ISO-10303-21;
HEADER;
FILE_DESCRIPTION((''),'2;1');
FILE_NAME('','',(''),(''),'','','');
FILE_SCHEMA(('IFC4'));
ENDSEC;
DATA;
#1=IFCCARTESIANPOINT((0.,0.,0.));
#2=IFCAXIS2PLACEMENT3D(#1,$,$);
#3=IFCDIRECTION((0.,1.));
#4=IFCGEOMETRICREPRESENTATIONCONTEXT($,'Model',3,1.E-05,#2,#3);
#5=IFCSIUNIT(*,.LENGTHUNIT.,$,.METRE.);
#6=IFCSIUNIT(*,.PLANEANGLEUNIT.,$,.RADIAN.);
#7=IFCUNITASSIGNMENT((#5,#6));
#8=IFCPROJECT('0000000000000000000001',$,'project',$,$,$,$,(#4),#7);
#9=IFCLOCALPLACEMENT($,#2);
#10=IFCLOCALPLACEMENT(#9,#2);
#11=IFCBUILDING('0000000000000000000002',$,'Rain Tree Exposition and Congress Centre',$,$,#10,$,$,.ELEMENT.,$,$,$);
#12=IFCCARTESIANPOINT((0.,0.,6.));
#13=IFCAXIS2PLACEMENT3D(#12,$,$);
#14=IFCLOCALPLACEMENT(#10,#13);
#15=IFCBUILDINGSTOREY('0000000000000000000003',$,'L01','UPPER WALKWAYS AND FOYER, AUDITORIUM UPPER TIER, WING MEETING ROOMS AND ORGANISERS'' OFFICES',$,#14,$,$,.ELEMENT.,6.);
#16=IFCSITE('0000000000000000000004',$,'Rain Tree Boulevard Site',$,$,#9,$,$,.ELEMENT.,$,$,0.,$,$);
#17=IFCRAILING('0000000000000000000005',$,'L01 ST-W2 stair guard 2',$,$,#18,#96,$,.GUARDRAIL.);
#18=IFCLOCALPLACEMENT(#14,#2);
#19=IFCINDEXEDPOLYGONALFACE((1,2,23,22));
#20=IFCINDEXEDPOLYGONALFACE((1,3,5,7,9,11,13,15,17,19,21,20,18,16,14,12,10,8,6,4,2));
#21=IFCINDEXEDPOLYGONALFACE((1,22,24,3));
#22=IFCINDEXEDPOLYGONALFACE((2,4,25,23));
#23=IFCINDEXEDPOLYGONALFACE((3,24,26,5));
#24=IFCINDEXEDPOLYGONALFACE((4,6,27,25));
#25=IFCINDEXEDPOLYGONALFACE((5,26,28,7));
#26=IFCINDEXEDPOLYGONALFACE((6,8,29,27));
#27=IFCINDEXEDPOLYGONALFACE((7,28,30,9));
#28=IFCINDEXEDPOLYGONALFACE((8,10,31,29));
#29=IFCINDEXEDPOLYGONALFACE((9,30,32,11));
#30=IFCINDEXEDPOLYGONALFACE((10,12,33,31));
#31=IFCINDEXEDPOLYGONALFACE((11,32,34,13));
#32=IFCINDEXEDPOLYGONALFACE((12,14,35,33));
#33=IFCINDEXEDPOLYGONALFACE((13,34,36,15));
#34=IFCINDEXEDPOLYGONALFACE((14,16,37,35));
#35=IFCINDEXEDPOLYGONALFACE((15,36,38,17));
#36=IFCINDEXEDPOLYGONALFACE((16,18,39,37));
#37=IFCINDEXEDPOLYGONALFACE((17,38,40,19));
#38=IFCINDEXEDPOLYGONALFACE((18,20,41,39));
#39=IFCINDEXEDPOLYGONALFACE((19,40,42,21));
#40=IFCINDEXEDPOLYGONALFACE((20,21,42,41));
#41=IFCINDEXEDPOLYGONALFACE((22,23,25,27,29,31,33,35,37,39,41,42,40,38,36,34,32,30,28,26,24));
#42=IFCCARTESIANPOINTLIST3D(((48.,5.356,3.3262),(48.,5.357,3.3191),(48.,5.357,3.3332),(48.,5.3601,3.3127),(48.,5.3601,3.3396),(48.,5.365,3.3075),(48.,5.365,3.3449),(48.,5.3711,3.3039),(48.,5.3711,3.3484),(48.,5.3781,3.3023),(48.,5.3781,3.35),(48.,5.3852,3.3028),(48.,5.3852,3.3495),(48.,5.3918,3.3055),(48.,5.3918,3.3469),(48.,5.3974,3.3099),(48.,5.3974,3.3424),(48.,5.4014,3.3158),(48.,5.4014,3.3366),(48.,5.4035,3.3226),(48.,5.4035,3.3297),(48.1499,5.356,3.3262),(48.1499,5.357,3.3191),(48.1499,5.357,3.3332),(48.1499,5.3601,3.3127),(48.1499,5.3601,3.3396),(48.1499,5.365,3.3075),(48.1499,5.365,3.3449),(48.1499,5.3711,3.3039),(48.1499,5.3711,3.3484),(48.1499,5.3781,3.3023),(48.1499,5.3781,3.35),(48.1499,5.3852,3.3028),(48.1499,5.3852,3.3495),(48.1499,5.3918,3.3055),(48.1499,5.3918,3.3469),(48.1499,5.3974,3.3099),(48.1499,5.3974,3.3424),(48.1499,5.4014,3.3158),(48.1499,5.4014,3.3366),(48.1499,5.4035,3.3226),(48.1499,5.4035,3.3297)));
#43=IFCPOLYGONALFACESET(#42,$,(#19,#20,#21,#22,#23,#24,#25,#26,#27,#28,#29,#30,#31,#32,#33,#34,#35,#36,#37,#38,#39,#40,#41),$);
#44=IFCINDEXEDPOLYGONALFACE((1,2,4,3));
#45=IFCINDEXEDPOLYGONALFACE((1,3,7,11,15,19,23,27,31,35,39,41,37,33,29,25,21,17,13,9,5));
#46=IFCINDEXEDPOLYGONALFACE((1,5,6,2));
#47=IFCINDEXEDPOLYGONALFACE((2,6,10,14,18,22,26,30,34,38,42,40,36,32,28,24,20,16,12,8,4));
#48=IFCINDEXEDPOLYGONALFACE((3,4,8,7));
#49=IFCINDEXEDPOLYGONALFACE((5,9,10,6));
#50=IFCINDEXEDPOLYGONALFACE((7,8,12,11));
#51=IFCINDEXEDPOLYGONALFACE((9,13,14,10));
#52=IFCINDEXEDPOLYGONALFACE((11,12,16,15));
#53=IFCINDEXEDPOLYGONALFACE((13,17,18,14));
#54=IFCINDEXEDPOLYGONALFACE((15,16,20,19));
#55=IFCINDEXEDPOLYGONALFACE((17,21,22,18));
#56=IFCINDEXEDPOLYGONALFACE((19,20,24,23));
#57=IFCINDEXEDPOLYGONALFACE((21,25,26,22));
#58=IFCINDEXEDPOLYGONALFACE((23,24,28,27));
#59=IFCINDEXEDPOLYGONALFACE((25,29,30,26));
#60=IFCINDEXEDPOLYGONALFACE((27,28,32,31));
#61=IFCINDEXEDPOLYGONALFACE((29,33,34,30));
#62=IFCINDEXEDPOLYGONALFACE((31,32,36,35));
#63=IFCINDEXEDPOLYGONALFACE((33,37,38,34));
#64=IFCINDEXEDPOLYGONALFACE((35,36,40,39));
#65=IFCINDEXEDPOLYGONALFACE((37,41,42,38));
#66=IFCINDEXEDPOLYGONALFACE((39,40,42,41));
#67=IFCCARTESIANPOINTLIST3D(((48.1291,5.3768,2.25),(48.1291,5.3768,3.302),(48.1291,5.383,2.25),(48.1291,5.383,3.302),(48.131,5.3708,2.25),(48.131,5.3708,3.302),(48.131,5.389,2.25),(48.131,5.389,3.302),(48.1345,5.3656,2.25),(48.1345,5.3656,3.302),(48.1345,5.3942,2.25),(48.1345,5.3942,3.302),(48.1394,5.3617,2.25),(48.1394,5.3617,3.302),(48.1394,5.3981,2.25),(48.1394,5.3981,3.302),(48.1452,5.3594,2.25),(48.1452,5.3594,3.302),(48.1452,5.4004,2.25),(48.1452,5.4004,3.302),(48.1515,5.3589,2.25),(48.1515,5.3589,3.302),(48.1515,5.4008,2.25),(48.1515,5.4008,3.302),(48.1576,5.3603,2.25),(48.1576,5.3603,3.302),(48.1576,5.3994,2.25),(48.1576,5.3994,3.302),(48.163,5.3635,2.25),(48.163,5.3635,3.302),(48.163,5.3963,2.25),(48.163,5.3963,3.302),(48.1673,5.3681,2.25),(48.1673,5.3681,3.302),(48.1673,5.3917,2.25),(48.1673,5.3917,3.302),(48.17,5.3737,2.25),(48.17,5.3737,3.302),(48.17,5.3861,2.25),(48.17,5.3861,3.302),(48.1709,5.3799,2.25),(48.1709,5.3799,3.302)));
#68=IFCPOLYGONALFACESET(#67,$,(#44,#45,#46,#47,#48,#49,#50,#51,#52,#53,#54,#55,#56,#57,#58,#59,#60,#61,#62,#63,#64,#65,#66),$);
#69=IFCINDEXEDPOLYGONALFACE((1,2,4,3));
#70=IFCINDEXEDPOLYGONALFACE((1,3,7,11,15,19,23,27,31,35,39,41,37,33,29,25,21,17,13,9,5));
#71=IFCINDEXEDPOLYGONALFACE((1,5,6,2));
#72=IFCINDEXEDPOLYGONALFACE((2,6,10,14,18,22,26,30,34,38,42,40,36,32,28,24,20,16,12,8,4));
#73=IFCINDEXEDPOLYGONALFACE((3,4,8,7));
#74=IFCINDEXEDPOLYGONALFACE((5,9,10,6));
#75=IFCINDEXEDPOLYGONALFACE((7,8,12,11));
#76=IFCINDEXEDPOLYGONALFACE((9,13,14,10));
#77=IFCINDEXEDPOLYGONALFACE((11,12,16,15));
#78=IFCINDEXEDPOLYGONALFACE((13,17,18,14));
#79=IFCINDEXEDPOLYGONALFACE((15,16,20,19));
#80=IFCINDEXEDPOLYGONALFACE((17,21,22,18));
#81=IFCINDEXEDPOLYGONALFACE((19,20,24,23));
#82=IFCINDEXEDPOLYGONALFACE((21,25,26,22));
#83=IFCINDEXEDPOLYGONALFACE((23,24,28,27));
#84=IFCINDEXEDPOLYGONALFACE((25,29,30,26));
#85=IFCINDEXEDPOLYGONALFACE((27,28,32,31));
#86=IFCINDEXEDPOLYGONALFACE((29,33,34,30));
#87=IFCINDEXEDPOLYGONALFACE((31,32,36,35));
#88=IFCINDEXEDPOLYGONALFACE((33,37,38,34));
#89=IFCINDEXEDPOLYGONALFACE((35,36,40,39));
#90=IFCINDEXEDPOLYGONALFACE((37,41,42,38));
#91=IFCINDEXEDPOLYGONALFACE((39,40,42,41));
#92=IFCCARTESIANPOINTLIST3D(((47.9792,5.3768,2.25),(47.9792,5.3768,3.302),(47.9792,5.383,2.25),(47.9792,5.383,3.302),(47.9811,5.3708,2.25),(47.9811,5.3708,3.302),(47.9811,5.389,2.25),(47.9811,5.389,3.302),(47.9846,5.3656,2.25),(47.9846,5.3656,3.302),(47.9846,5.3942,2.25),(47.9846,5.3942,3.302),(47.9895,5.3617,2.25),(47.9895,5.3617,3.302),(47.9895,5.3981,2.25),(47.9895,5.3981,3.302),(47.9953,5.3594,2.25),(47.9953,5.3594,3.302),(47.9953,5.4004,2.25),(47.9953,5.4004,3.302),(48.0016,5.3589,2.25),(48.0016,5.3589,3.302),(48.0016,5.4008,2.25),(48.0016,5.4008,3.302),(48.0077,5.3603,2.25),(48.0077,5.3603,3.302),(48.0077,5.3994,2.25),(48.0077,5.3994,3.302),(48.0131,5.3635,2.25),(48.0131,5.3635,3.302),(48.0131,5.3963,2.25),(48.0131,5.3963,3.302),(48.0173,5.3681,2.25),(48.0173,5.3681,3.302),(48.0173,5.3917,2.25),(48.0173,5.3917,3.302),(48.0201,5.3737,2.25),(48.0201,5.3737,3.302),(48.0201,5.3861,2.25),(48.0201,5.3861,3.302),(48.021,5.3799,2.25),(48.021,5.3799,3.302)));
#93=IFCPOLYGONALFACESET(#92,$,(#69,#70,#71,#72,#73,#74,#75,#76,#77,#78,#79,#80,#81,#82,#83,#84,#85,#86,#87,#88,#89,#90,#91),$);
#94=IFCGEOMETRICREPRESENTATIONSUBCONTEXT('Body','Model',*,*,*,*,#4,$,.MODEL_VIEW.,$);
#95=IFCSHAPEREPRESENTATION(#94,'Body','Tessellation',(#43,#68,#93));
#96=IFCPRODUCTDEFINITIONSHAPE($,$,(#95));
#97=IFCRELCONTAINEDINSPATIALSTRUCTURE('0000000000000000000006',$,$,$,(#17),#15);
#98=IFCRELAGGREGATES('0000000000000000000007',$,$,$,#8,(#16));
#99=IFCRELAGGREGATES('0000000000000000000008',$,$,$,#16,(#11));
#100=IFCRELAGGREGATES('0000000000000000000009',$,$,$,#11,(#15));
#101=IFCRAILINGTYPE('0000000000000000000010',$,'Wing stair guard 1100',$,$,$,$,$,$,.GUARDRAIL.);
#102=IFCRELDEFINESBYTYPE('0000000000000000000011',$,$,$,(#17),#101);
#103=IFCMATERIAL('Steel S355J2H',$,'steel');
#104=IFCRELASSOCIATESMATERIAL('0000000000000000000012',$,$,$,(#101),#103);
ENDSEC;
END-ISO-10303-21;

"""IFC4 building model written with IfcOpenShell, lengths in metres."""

from ifc_helpers import new_model, si_unit, direction, frame, origin, origin_2d, place, context, subcontext, project, spatial, circle, extrude, material, type_object, element, save


model = new_model("IFC4")

# Units and contexts
model_context = context("Model", 3, precision=1e-05, world=origin(), true_north=direction((0.0, 1.0)))
body_context = subcontext(model_context, "Body", "Model", "MODEL_VIEW")
ifc_project = project(units=[si_unit("LENGTHUNIT", "METRE"), si_unit("PLANEANGLEUNIT", "RADIAN")], contexts=[model_context])

# Site, building, storey
site_placement = place(None, origin())
site = spatial("IfcSite", under=ifc_project, at=site_placement, Name="Rain Tree Boulevard Site", CompositionType="ELEMENT", RefElevation=0.0)
building_placement = place(site_placement, origin())
building = spatial("IfcBuilding", under=site, at=building_placement, Name="Rain Tree Exposition and Congress Centre", CompositionType="ELEMENT")
storey_placement = place(building_placement, frame((0.0, 0.0, 6.0)))
storey = spatial("IfcBuildingStorey", under=building, at=storey_placement, Name="L01", Description="UPPER WALKWAYS AND FOYER, AUDITORIUM UPPER TIER, WING MEETING ROOMS AND ORGANISERS' OFFICES", CompositionType="ELEMENT", Elevation=6.0)

# Railing
ifc_material_1 = material(Name="Steel S355J2H", Category="steel")
railing_type_1 = type_object("IfcRailingType", Name="Wing stair guard 1100", PredefinedType="GUARDRAIL", material=ifc_material_1)
railing_1_placement = place(storey_placement, frame((48.1499, 5.3799, 2.25)))
element("IfcRailing", 1, at=railing_1_placement, inside=storey, type_object=railing_type_1, Name="L01 ST-W2 stair guard 2", PredefinedType="GUARDRAIL", context=body_context, shape_type="SweptSolid", body=[
    extrude(circle(Radius=0.0239, at=origin_2d()), frame((0.0, 0.0, 1.0762), z_axis=(-1.0, 0.0, 0.0), x_axis=(0.0, -1.0, 0.0)), (0.0, 0.0, 1.0), 0.1499),
    extrude(circle(Radius=0.021, at=origin_2d()), origin(), (0.0, 0.0, 1.0), 1.052),
    extrude(circle(Radius=0.021, at=origin_2d()), frame((-0.1499, 0.0, 0.0)), (0.0, 0.0, 1.0), 1.052),
])

save(model, "model.ifc")
